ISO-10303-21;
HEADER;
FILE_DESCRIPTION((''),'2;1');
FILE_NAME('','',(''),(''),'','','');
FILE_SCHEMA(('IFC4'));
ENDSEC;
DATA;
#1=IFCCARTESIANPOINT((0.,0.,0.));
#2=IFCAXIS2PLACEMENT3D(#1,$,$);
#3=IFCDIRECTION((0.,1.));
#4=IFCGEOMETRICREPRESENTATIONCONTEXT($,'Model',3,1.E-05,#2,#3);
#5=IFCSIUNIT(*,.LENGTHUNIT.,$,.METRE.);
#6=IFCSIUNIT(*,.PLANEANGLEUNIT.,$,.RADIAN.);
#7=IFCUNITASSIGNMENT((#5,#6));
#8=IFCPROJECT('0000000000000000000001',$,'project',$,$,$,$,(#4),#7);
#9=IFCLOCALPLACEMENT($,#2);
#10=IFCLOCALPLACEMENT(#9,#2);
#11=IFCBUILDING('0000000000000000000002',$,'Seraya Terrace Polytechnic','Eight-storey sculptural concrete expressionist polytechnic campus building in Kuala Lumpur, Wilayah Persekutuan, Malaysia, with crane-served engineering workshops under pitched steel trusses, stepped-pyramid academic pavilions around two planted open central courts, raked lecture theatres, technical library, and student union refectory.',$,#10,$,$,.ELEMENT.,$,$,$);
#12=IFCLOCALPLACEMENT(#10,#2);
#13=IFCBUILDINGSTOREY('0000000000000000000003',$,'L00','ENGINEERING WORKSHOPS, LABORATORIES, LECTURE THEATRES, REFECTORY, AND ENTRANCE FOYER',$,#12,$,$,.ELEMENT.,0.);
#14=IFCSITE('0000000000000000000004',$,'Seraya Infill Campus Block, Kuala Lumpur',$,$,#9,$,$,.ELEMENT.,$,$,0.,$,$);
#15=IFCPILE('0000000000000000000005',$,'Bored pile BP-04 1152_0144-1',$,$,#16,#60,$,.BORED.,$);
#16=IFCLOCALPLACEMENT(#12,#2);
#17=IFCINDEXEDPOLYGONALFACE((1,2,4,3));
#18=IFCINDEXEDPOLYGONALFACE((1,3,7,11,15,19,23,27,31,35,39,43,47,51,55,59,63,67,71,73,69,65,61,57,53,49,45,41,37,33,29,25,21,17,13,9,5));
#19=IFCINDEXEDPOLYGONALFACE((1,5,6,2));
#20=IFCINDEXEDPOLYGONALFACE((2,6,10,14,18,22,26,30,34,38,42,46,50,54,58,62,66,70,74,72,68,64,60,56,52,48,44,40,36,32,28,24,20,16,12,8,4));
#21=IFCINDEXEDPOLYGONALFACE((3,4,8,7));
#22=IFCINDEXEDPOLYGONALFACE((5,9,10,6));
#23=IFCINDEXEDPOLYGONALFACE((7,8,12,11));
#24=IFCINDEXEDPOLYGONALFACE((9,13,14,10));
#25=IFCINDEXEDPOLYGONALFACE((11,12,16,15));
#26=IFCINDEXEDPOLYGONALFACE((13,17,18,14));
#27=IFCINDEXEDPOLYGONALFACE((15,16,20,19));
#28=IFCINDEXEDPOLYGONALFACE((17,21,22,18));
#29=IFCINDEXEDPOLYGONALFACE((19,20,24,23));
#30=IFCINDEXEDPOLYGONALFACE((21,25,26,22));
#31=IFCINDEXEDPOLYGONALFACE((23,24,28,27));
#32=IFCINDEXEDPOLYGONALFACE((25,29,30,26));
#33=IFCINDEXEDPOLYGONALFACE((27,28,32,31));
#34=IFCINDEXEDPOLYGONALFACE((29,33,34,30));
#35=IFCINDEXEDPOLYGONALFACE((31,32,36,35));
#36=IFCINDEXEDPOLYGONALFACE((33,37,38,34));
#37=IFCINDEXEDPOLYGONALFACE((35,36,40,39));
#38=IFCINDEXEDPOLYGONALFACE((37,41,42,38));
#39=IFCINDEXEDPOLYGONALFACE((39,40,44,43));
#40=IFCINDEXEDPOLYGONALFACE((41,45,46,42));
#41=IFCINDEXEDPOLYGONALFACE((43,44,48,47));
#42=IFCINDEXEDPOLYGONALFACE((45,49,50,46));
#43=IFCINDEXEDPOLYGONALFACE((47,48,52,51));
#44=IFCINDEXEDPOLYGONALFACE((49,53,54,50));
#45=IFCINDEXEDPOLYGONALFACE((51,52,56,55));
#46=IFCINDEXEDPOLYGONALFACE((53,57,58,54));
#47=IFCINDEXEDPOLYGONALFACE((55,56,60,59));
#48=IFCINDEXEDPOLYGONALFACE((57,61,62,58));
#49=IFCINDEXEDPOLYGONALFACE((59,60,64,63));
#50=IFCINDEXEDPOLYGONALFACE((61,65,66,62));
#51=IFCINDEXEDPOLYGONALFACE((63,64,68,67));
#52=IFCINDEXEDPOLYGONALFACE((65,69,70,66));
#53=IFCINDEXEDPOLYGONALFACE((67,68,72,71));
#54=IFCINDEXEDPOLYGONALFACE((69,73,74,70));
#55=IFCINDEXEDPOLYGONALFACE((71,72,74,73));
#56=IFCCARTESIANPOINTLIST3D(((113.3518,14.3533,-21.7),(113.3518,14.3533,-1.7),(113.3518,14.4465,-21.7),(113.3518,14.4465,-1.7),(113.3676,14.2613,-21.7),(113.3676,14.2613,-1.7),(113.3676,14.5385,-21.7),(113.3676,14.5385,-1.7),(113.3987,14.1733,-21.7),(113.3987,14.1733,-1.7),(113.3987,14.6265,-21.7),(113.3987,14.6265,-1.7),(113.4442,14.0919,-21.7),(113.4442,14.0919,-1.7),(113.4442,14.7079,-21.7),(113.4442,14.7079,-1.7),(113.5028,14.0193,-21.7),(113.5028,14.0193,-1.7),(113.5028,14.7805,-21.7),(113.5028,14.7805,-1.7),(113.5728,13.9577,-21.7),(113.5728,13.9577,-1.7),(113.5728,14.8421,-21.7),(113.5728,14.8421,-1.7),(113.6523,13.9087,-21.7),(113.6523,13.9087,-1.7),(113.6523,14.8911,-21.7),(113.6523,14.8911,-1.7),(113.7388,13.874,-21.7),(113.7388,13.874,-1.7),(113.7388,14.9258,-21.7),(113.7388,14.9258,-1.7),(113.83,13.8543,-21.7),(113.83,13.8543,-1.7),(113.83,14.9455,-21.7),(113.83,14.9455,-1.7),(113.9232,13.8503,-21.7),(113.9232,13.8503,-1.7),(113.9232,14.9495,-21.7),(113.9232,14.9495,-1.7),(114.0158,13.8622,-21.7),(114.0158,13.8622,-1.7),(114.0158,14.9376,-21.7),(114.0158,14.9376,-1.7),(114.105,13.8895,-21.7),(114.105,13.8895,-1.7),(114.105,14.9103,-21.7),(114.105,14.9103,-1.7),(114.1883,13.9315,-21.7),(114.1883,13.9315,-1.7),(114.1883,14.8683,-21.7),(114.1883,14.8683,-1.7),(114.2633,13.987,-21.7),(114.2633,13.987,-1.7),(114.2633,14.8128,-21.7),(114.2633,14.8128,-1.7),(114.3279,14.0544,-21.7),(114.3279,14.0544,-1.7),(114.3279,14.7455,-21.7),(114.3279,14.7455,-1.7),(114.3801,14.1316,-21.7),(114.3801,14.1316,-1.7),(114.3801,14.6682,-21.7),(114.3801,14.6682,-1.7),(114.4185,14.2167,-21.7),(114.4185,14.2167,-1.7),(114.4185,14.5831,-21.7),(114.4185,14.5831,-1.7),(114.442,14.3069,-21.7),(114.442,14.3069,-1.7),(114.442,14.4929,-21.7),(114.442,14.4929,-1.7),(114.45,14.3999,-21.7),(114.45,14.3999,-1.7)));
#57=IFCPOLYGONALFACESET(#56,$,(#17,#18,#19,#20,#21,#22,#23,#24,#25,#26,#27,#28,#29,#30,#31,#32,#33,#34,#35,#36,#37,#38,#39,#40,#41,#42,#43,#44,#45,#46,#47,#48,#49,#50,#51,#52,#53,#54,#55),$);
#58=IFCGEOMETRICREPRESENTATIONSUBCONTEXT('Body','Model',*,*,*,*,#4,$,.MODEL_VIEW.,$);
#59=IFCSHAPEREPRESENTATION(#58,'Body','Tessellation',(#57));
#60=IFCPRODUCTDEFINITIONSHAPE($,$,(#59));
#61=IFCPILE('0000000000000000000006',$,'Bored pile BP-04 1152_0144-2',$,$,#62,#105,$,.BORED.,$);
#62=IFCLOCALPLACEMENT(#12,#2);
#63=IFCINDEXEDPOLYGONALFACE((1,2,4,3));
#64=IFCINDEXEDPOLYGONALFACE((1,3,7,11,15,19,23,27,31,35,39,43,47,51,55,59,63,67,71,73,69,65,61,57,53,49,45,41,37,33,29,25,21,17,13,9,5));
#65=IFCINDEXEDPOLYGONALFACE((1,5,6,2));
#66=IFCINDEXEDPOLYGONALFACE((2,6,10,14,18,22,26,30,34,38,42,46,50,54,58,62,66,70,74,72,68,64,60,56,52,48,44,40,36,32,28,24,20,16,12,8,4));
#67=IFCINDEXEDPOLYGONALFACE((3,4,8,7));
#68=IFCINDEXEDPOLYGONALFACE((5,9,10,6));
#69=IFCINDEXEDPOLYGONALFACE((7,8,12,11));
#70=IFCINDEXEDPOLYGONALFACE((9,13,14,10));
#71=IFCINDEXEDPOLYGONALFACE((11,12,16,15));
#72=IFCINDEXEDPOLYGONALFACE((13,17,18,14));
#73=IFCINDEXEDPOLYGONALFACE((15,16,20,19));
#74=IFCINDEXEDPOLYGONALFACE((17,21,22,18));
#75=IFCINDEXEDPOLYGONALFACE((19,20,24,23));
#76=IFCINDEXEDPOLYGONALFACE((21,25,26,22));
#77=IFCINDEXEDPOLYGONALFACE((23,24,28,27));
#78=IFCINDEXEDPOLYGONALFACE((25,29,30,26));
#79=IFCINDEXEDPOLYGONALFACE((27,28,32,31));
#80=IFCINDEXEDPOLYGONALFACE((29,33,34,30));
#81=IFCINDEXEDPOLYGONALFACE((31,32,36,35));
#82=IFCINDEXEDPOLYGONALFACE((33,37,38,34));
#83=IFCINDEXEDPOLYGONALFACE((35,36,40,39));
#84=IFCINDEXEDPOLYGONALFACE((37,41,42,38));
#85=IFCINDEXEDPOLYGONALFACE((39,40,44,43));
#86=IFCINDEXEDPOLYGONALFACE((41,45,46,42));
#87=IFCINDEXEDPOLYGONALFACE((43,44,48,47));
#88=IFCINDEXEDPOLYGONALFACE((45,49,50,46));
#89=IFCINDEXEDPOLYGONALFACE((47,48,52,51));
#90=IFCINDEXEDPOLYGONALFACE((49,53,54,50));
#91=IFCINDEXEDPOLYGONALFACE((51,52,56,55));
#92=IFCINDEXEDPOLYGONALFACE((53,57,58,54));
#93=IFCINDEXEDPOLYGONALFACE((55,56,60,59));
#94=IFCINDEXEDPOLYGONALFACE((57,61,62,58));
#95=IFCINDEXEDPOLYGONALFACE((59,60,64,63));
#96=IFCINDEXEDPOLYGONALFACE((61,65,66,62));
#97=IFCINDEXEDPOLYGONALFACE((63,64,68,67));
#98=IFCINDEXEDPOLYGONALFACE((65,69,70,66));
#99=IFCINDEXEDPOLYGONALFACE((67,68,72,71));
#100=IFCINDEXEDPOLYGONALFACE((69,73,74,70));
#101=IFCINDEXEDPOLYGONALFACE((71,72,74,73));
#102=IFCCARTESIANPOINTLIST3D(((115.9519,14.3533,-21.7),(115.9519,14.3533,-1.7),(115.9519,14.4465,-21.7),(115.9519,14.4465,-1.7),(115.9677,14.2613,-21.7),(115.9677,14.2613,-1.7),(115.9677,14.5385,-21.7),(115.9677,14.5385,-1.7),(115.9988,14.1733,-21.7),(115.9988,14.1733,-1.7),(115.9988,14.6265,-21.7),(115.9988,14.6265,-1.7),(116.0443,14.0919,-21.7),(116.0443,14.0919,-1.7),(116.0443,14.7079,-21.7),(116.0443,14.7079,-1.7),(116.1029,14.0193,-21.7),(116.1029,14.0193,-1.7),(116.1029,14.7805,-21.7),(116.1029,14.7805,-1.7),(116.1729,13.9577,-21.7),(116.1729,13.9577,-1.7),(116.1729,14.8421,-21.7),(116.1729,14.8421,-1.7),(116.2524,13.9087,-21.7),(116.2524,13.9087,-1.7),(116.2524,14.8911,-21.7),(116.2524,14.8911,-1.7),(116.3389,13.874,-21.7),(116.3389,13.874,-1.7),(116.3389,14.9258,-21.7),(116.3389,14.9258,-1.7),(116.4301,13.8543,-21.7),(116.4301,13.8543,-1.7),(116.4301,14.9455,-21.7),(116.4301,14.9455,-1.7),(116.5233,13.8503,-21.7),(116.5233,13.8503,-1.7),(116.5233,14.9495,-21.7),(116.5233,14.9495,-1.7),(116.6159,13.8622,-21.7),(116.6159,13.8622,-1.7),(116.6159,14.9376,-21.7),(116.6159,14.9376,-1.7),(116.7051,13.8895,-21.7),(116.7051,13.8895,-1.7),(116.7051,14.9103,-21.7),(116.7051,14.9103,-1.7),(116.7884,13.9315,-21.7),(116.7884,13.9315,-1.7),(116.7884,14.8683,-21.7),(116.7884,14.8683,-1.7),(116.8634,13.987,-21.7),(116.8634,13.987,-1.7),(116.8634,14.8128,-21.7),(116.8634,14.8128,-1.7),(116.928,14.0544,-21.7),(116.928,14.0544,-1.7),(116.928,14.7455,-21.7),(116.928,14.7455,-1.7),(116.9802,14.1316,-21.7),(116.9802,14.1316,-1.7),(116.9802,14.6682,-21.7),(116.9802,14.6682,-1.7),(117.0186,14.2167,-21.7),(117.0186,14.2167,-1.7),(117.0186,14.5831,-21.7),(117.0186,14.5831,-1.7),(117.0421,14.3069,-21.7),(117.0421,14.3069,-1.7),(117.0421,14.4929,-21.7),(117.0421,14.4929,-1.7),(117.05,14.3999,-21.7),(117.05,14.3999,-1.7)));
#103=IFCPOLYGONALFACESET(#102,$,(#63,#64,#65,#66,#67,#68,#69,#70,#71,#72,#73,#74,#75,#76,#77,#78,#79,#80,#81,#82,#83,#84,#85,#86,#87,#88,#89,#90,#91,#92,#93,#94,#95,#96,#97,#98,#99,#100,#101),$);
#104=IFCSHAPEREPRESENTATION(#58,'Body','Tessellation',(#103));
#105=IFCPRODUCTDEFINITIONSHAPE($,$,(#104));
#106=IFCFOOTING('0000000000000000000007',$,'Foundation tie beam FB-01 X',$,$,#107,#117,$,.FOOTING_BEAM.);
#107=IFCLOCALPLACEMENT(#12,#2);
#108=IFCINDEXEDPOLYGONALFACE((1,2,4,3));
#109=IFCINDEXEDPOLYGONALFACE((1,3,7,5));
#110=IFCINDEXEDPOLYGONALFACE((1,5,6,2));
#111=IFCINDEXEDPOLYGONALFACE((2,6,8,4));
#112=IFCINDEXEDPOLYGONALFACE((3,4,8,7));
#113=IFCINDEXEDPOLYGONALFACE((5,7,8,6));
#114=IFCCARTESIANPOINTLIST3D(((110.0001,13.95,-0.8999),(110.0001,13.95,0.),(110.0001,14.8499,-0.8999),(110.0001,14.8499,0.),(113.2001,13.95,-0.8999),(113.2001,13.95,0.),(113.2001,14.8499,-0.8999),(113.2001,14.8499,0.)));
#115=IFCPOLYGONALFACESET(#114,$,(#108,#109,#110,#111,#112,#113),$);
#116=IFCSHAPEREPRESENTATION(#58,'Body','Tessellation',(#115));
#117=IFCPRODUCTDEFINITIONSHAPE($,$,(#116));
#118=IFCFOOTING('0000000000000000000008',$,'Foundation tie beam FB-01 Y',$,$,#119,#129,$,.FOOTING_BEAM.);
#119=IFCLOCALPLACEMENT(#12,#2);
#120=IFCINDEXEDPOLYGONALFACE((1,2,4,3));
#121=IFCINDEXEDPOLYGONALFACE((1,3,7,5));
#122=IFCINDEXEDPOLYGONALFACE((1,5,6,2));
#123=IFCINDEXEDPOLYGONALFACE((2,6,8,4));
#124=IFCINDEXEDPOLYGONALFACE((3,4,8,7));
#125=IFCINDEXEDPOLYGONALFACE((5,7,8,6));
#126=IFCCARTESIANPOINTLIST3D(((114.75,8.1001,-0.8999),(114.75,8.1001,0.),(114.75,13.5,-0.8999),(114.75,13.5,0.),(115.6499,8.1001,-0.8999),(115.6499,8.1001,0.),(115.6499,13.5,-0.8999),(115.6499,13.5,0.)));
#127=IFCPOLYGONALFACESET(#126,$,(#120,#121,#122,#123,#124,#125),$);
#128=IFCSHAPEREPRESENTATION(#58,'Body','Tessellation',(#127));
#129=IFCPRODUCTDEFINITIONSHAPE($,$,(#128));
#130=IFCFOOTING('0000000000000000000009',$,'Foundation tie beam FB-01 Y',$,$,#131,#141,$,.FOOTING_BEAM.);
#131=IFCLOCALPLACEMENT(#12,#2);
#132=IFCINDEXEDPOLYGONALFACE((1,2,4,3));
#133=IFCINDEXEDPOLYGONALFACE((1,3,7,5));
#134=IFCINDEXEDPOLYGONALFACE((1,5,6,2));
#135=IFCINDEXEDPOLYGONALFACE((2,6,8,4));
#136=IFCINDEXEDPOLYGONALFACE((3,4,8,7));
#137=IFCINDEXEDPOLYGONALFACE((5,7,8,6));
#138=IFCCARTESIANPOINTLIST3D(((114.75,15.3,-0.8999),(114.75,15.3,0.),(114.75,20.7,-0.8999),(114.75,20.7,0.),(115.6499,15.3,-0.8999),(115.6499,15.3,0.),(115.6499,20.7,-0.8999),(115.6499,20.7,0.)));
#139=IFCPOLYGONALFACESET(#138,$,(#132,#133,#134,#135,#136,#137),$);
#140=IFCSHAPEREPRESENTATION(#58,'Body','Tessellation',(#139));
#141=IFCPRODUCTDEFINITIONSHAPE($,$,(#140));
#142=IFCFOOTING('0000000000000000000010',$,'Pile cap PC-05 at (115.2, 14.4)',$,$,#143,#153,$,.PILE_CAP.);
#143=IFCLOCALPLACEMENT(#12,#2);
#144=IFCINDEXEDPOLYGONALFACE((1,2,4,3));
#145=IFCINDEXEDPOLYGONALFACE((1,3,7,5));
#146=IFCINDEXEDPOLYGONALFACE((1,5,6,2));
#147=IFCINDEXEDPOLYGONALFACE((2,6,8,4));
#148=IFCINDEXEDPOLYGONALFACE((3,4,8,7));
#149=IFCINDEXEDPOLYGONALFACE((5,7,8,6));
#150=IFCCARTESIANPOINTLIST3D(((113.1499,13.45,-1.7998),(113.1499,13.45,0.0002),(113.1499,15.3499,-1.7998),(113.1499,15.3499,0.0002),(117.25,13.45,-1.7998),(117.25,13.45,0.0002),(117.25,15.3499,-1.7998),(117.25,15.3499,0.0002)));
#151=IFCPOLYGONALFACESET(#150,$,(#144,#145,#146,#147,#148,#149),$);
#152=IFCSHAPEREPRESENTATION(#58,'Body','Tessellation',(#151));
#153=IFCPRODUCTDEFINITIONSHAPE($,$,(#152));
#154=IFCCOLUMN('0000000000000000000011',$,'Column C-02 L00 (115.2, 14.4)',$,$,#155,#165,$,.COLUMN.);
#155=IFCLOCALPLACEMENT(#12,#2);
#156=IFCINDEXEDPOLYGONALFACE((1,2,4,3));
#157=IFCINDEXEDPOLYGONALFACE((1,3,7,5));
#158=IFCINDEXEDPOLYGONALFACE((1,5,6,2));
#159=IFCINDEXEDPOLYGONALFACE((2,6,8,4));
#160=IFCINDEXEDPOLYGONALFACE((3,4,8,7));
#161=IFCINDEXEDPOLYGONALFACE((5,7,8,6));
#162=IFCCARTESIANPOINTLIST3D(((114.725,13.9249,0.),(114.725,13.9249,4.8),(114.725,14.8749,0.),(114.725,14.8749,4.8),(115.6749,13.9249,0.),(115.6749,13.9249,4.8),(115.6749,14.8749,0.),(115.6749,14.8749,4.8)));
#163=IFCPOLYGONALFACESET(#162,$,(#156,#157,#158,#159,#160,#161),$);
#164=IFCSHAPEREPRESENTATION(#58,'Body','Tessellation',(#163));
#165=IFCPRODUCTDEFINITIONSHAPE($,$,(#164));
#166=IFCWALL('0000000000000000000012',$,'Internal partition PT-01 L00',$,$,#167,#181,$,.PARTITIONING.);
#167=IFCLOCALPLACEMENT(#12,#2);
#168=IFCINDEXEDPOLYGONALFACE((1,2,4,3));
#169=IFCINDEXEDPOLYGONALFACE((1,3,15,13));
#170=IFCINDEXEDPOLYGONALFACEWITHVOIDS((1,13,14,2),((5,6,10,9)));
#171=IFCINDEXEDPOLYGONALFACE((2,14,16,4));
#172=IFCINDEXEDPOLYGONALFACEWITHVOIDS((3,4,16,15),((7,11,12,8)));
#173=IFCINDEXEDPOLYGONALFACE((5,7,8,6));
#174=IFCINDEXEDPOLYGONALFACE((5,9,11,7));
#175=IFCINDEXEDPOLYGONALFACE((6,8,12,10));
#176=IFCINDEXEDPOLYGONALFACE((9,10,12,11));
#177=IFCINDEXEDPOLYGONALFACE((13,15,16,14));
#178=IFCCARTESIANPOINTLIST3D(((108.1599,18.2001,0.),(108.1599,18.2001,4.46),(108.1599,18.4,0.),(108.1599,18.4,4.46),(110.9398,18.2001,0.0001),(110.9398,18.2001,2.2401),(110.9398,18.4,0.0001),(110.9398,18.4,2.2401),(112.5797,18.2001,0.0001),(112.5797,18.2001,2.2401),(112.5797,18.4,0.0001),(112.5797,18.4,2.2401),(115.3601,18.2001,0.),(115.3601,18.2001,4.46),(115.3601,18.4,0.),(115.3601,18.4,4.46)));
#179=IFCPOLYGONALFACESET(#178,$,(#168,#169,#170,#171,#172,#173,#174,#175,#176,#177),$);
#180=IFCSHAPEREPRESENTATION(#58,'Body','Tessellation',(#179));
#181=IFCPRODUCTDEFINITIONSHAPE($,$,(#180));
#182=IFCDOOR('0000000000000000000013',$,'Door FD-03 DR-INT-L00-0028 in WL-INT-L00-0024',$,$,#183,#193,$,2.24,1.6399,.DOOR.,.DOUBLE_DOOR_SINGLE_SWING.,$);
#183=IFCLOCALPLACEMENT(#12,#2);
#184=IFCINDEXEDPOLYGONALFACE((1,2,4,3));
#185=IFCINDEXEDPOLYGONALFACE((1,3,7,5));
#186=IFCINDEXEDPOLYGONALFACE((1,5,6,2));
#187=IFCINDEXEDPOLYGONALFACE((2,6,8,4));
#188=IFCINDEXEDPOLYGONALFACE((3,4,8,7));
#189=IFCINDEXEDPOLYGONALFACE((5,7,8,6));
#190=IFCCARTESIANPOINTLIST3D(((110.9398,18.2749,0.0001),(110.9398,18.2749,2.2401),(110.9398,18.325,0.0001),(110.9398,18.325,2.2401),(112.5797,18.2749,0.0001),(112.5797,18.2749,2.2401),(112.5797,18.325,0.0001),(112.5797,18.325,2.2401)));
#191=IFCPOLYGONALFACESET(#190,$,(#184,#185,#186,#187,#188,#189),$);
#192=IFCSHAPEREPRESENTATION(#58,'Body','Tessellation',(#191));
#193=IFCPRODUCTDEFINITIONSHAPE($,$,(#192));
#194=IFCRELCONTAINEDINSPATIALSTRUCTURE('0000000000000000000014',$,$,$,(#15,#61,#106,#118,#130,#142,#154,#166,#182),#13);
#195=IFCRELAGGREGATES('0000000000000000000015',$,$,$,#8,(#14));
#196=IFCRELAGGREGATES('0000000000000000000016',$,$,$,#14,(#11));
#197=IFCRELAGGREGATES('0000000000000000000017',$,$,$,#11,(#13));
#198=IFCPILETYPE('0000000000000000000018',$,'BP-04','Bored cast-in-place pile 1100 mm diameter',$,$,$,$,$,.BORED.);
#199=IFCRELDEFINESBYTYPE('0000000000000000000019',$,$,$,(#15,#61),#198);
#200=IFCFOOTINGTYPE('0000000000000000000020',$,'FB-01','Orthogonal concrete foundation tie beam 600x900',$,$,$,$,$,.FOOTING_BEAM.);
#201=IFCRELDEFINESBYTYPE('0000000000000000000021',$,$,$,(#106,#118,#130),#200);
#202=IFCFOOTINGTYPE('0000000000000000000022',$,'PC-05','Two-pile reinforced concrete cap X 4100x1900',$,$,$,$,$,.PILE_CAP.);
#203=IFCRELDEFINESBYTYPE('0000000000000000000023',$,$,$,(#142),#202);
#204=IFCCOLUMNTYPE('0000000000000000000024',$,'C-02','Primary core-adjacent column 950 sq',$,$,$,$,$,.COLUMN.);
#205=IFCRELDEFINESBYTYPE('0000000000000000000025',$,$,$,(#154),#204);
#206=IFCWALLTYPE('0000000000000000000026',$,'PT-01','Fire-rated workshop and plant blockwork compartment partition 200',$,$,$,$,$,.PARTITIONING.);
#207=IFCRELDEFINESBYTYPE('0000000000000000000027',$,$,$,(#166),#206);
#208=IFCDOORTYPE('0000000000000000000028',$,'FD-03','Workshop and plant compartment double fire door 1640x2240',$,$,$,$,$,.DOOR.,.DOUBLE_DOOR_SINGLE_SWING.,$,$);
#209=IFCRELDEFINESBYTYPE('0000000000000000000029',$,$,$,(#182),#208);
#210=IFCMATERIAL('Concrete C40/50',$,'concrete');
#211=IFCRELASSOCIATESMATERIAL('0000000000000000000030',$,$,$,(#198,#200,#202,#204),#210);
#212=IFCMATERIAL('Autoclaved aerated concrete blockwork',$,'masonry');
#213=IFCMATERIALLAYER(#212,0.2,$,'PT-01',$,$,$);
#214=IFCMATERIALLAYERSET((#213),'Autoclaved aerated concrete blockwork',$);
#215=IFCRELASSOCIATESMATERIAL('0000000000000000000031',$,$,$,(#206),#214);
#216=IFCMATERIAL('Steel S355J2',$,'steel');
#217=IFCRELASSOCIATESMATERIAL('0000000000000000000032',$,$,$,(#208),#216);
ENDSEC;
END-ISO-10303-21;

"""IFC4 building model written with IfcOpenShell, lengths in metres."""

from ifc_helpers import new_model, si_unit, direction, frame, frame_2d, origin, origin_2d, place, context, subcontext, project, spatial, rectangle, circle, extrude, material, layer, layer_set, material_profile, profile_set, type_object, element, fill, save


model = new_model("IFC4")

# Units and contexts
model_context = context("Model", 3, precision=1e-05, world=origin(), true_north=direction((0.0, 1.0)))
body_context = subcontext(model_context, "Body", "Model", "MODEL_VIEW")
ifc_project = project(units=[si_unit("LENGTHUNIT", "METRE"), si_unit("PLANEANGLEUNIT", "RADIAN")], contexts=[model_context])

# Site, building, storey
site_placement = place(None, origin())
site = spatial("IfcSite", under=ifc_project, at=site_placement, Name="Seraya Infill Campus Block, Kuala Lumpur", CompositionType="ELEMENT", RefElevation=0.0)
building_placement = place(site_placement, origin())
building = spatial("IfcBuilding", under=site, at=building_placement, Name="Seraya Terrace Polytechnic", Description="Eight-storey sculptural concrete expressionist polytechnic campus building in Kuala Lumpur, Wilayah Persekutuan, Malaysia, with crane-served engineering workshops under pitched steel trusses, stepped-pyramid academic pavilions around two planted open central courts, raked lecture theatres, technical library, and student union refectory.", CompositionType="ELEMENT")
storey_placement = place(building_placement, origin())
storey = spatial("IfcBuildingStorey", under=building, at=storey_placement, Name="L00", Description="ENGINEERING WORKSHOPS, LABORATORIES, LECTURE THEATRES, REFECTORY, AND ENTRANCE FOYER", CompositionType="ELEMENT", Elevation=0.0)

# Piles
ifc_material_1 = material(Name="Concrete C40/50", Category="concrete")
ifc_material_profile_1 = material_profile(ifc_material_1, circle(Radius=0.55, at=origin_2d()), Name="DIA 1100")
ifc_profile_set_1 = profile_set([ifc_material_profile_1], Name="Concrete C40/50")
pile_type_1 = type_object("IfcPileType", Name="BP-04", Description="Bored cast-in-place pile 1100 mm diameter", PredefinedType="BORED", material=ifc_profile_set_1)
for number, where, z_axis, x_axis, name in (
    (1, (113.8999, 14.3999, -1.7), (0.0, 0.0, -1.0), (1.0, 0.0, 0.0), "Bored pile BP-04 1152_0144-1"),
    (2, (116.5, 14.3999, -1.7), (0.0, 0.0, -1.0), (1.0, 0.0, 0.0), "Bored pile BP-04 1152_0144-2"),
):
    element("IfcPile", number, at=place(storey_placement, frame(where, z_axis=z_axis, x_axis=x_axis)), inside=storey, type_object=pile_type_1, Name=name, PredefinedType="BORED", context=body_context, shape_type="SweptSolid", body=[
        extrude(circle(Radius=0.55, at=origin_2d()), origin(), (0.0, 0.0, 1.0), 20.0),
    ])

# Footings
footing_type_1 = type_object("IfcFootingType", Name="FB-01", Description="Orthogonal concrete foundation tie beam 600x900", PredefinedType="FOOTING_BEAM", material=ifc_material_1)
footing_1_placement = place(storey_placement, frame((111.6001, 14.3999, -0.8999), z_axis=(0.0, 0.0, 1.0), x_axis=(1.0, 0.0, 0.0)))
element("IfcFooting", 3, at=footing_1_placement, inside=storey, type_object=footing_type_1, Name="Foundation tie beam FB-01 X", PredefinedType="FOOTING_BEAM", context=body_context, shape_type="SweptSolid", body=[
    extrude(rectangle(XDim=3.2, YDim=0.8999, at=origin_2d()), origin(), (0.0, 0.0, 1.0), 0.8999),
])
for number, where, z_axis, x_axis, name in (
    (4, (115.2, 10.8, -0.8999), (0.0, 0.0, 1.0), (0.0, 1.0, 0.0), "Foundation tie beam FB-01 Y"),
    (5, (115.2, 18.0, -0.8999), (0.0, 0.0, 1.0), (0.0, 1.0, 0.0), "Foundation tie beam FB-01 Y"),
):
    element("IfcFooting", number, at=place(storey_placement, frame(where, z_axis=z_axis, x_axis=x_axis)), inside=storey, type_object=footing_type_1, Name=name, PredefinedType="FOOTING_BEAM", context=body_context, shape_type="SweptSolid", body=[
        extrude(rectangle(XDim=5.3999, YDim=0.8999, at=origin_2d()), origin(), (0.0, 0.0, 1.0), 0.8999),
    ])
footing_type_2 = type_object("IfcFootingType", Name="PC-05", Description="Two-pile reinforced concrete cap X 4100x1900", PredefinedType="PILE_CAP", material=ifc_material_1)
footing_2_placement = place(storey_placement, frame((115.2, 14.3999, -1.7998), z_axis=(0.0, 0.0, 1.0), x_axis=(1.0, 0.0, 0.0)))
element("IfcFooting", 6, at=footing_2_placement, inside=storey, type_object=footing_type_2, Name="Pile cap PC-05 at (115.2, 14.4)", PredefinedType="PILE_CAP", context=body_context, shape_type="SweptSolid", body=[
    extrude(rectangle(XDim=4.1001, YDim=1.8999, at=origin_2d()), origin(), (0.0, 0.0, 1.0), 1.8),
])

# Column
ifc_material_profile_2 = material_profile(ifc_material_1, rectangle(XDim=0.95, YDim=0.95, at=origin_2d()), Name="RC 950x950")
ifc_profile_set_2 = profile_set([ifc_material_profile_2], Name="Concrete C40/50")
column_type = type_object("IfcColumnType", Name="C-02", Description="Primary core-adjacent column 950 sq", PredefinedType="COLUMN", material=ifc_profile_set_2)
column_placement = place(storey_placement, frame((115.2, 14.3999, 0.0), z_axis=(0.0, 0.0, 1.0), x_axis=(1.0, 0.0, 0.0)))
element("IfcColumn", 7, at=column_placement, inside=storey, type_object=column_type, Name="Column C-02 L00 (115.2, 14.4)", PredefinedType="COLUMN", context=body_context, shape_type="SweptSolid", body=[
    extrude(rectangle(XDim=0.95, YDim=0.95, at=origin_2d()), origin(), (0.0, 0.0, 1.0), 4.8),
])

# Wall, opening, door
ifc_material_2 = material(Name="Autoclaved aerated concrete blockwork", Category="masonry")
ifc_layer_1 = layer(ifc_material_2, 0.2, Name="PT-01")
ifc_layer_set_1 = layer_set([ifc_layer_1], Name="Autoclaved aerated concrete blockwork")
wall_type_1 = type_object("IfcWallType", Name="PT-01", Description="Fire-rated workshop and plant blockwork compartment partition 200", PredefinedType="PARTITIONING", material=ifc_layer_set_1)
wall_1_placement = place(storey_placement, frame((108.1599, 18.3, 0.0), z_axis=(0.0, 0.0, 1.0), x_axis=(1.0, 0.0, 0.0)))
wall_1 = element("IfcWall", 8, at=wall_1_placement, inside=storey, type_object=wall_type_1, Name="Internal partition PT-01 L00", PredefinedType="PARTITIONING", context=body_context, shape_type="SweptSolid", body=[
    extrude(rectangle(XDim=7.2002, YDim=0.2, at=frame_2d((3.6001, 0.0))), origin(), (0.0, 0.0, 1.0), 4.46),
])
opening_1_placement = place(wall_1_placement, frame((2.78, 0.0, 0.0)))
opening_1 = element("IfcOpeningElement", 9, at=opening_1_placement, cuts=wall_1, PredefinedType="OPENING", context=body_context, shape_type="SweptSolid", body=[
    extrude(rectangle(XDim=1.6399, YDim=2.24, at=frame_2d((0.8198, 1.1201))), frame((0.0, 0.1118, 0.0), z_axis=(0.0, -1.0, 0.0), x_axis=(1.0, 0.0, 0.0)), (0.0, 0.0, 1.0), 0.2239),
])
ifc_material_3 = material(Name="Steel S355J2", Category="steel")
door_type_1 = type_object("IfcDoorType", Name="FD-03", Description="Workshop and plant compartment double fire door 1640x2240", OperationType="DOUBLE_DOOR_SINGLE_SWING", PredefinedType="DOOR", material=ifc_material_3)
door_1_placement = place(opening_1_placement, origin())
door_1 = element("IfcDoor", 10, at=door_1_placement, inside=storey, type_object=door_type_1, Name="Door FD-03 DR-INT-L00-0028 in WL-INT-L00-0024", OperationType="DOUBLE_DOOR_SINGLE_SWING", OverallHeight=2.24, OverallWidth=1.6399, PredefinedType="DOOR", context=body_context, shape_type="SweptSolid", body=[
    extrude(rectangle(XDim=1.6399, YDim=2.24, at=frame_2d((0.8198, 1.1201))), frame((0.0, 0.0249, 0.0), z_axis=(0.0, -1.0, 0.0), x_axis=(1.0, 0.0, 0.0)), (0.0, 0.0, 1.0), 0.05),
])
fill(opening_1, door_1)

save(model, "model.ifc")
